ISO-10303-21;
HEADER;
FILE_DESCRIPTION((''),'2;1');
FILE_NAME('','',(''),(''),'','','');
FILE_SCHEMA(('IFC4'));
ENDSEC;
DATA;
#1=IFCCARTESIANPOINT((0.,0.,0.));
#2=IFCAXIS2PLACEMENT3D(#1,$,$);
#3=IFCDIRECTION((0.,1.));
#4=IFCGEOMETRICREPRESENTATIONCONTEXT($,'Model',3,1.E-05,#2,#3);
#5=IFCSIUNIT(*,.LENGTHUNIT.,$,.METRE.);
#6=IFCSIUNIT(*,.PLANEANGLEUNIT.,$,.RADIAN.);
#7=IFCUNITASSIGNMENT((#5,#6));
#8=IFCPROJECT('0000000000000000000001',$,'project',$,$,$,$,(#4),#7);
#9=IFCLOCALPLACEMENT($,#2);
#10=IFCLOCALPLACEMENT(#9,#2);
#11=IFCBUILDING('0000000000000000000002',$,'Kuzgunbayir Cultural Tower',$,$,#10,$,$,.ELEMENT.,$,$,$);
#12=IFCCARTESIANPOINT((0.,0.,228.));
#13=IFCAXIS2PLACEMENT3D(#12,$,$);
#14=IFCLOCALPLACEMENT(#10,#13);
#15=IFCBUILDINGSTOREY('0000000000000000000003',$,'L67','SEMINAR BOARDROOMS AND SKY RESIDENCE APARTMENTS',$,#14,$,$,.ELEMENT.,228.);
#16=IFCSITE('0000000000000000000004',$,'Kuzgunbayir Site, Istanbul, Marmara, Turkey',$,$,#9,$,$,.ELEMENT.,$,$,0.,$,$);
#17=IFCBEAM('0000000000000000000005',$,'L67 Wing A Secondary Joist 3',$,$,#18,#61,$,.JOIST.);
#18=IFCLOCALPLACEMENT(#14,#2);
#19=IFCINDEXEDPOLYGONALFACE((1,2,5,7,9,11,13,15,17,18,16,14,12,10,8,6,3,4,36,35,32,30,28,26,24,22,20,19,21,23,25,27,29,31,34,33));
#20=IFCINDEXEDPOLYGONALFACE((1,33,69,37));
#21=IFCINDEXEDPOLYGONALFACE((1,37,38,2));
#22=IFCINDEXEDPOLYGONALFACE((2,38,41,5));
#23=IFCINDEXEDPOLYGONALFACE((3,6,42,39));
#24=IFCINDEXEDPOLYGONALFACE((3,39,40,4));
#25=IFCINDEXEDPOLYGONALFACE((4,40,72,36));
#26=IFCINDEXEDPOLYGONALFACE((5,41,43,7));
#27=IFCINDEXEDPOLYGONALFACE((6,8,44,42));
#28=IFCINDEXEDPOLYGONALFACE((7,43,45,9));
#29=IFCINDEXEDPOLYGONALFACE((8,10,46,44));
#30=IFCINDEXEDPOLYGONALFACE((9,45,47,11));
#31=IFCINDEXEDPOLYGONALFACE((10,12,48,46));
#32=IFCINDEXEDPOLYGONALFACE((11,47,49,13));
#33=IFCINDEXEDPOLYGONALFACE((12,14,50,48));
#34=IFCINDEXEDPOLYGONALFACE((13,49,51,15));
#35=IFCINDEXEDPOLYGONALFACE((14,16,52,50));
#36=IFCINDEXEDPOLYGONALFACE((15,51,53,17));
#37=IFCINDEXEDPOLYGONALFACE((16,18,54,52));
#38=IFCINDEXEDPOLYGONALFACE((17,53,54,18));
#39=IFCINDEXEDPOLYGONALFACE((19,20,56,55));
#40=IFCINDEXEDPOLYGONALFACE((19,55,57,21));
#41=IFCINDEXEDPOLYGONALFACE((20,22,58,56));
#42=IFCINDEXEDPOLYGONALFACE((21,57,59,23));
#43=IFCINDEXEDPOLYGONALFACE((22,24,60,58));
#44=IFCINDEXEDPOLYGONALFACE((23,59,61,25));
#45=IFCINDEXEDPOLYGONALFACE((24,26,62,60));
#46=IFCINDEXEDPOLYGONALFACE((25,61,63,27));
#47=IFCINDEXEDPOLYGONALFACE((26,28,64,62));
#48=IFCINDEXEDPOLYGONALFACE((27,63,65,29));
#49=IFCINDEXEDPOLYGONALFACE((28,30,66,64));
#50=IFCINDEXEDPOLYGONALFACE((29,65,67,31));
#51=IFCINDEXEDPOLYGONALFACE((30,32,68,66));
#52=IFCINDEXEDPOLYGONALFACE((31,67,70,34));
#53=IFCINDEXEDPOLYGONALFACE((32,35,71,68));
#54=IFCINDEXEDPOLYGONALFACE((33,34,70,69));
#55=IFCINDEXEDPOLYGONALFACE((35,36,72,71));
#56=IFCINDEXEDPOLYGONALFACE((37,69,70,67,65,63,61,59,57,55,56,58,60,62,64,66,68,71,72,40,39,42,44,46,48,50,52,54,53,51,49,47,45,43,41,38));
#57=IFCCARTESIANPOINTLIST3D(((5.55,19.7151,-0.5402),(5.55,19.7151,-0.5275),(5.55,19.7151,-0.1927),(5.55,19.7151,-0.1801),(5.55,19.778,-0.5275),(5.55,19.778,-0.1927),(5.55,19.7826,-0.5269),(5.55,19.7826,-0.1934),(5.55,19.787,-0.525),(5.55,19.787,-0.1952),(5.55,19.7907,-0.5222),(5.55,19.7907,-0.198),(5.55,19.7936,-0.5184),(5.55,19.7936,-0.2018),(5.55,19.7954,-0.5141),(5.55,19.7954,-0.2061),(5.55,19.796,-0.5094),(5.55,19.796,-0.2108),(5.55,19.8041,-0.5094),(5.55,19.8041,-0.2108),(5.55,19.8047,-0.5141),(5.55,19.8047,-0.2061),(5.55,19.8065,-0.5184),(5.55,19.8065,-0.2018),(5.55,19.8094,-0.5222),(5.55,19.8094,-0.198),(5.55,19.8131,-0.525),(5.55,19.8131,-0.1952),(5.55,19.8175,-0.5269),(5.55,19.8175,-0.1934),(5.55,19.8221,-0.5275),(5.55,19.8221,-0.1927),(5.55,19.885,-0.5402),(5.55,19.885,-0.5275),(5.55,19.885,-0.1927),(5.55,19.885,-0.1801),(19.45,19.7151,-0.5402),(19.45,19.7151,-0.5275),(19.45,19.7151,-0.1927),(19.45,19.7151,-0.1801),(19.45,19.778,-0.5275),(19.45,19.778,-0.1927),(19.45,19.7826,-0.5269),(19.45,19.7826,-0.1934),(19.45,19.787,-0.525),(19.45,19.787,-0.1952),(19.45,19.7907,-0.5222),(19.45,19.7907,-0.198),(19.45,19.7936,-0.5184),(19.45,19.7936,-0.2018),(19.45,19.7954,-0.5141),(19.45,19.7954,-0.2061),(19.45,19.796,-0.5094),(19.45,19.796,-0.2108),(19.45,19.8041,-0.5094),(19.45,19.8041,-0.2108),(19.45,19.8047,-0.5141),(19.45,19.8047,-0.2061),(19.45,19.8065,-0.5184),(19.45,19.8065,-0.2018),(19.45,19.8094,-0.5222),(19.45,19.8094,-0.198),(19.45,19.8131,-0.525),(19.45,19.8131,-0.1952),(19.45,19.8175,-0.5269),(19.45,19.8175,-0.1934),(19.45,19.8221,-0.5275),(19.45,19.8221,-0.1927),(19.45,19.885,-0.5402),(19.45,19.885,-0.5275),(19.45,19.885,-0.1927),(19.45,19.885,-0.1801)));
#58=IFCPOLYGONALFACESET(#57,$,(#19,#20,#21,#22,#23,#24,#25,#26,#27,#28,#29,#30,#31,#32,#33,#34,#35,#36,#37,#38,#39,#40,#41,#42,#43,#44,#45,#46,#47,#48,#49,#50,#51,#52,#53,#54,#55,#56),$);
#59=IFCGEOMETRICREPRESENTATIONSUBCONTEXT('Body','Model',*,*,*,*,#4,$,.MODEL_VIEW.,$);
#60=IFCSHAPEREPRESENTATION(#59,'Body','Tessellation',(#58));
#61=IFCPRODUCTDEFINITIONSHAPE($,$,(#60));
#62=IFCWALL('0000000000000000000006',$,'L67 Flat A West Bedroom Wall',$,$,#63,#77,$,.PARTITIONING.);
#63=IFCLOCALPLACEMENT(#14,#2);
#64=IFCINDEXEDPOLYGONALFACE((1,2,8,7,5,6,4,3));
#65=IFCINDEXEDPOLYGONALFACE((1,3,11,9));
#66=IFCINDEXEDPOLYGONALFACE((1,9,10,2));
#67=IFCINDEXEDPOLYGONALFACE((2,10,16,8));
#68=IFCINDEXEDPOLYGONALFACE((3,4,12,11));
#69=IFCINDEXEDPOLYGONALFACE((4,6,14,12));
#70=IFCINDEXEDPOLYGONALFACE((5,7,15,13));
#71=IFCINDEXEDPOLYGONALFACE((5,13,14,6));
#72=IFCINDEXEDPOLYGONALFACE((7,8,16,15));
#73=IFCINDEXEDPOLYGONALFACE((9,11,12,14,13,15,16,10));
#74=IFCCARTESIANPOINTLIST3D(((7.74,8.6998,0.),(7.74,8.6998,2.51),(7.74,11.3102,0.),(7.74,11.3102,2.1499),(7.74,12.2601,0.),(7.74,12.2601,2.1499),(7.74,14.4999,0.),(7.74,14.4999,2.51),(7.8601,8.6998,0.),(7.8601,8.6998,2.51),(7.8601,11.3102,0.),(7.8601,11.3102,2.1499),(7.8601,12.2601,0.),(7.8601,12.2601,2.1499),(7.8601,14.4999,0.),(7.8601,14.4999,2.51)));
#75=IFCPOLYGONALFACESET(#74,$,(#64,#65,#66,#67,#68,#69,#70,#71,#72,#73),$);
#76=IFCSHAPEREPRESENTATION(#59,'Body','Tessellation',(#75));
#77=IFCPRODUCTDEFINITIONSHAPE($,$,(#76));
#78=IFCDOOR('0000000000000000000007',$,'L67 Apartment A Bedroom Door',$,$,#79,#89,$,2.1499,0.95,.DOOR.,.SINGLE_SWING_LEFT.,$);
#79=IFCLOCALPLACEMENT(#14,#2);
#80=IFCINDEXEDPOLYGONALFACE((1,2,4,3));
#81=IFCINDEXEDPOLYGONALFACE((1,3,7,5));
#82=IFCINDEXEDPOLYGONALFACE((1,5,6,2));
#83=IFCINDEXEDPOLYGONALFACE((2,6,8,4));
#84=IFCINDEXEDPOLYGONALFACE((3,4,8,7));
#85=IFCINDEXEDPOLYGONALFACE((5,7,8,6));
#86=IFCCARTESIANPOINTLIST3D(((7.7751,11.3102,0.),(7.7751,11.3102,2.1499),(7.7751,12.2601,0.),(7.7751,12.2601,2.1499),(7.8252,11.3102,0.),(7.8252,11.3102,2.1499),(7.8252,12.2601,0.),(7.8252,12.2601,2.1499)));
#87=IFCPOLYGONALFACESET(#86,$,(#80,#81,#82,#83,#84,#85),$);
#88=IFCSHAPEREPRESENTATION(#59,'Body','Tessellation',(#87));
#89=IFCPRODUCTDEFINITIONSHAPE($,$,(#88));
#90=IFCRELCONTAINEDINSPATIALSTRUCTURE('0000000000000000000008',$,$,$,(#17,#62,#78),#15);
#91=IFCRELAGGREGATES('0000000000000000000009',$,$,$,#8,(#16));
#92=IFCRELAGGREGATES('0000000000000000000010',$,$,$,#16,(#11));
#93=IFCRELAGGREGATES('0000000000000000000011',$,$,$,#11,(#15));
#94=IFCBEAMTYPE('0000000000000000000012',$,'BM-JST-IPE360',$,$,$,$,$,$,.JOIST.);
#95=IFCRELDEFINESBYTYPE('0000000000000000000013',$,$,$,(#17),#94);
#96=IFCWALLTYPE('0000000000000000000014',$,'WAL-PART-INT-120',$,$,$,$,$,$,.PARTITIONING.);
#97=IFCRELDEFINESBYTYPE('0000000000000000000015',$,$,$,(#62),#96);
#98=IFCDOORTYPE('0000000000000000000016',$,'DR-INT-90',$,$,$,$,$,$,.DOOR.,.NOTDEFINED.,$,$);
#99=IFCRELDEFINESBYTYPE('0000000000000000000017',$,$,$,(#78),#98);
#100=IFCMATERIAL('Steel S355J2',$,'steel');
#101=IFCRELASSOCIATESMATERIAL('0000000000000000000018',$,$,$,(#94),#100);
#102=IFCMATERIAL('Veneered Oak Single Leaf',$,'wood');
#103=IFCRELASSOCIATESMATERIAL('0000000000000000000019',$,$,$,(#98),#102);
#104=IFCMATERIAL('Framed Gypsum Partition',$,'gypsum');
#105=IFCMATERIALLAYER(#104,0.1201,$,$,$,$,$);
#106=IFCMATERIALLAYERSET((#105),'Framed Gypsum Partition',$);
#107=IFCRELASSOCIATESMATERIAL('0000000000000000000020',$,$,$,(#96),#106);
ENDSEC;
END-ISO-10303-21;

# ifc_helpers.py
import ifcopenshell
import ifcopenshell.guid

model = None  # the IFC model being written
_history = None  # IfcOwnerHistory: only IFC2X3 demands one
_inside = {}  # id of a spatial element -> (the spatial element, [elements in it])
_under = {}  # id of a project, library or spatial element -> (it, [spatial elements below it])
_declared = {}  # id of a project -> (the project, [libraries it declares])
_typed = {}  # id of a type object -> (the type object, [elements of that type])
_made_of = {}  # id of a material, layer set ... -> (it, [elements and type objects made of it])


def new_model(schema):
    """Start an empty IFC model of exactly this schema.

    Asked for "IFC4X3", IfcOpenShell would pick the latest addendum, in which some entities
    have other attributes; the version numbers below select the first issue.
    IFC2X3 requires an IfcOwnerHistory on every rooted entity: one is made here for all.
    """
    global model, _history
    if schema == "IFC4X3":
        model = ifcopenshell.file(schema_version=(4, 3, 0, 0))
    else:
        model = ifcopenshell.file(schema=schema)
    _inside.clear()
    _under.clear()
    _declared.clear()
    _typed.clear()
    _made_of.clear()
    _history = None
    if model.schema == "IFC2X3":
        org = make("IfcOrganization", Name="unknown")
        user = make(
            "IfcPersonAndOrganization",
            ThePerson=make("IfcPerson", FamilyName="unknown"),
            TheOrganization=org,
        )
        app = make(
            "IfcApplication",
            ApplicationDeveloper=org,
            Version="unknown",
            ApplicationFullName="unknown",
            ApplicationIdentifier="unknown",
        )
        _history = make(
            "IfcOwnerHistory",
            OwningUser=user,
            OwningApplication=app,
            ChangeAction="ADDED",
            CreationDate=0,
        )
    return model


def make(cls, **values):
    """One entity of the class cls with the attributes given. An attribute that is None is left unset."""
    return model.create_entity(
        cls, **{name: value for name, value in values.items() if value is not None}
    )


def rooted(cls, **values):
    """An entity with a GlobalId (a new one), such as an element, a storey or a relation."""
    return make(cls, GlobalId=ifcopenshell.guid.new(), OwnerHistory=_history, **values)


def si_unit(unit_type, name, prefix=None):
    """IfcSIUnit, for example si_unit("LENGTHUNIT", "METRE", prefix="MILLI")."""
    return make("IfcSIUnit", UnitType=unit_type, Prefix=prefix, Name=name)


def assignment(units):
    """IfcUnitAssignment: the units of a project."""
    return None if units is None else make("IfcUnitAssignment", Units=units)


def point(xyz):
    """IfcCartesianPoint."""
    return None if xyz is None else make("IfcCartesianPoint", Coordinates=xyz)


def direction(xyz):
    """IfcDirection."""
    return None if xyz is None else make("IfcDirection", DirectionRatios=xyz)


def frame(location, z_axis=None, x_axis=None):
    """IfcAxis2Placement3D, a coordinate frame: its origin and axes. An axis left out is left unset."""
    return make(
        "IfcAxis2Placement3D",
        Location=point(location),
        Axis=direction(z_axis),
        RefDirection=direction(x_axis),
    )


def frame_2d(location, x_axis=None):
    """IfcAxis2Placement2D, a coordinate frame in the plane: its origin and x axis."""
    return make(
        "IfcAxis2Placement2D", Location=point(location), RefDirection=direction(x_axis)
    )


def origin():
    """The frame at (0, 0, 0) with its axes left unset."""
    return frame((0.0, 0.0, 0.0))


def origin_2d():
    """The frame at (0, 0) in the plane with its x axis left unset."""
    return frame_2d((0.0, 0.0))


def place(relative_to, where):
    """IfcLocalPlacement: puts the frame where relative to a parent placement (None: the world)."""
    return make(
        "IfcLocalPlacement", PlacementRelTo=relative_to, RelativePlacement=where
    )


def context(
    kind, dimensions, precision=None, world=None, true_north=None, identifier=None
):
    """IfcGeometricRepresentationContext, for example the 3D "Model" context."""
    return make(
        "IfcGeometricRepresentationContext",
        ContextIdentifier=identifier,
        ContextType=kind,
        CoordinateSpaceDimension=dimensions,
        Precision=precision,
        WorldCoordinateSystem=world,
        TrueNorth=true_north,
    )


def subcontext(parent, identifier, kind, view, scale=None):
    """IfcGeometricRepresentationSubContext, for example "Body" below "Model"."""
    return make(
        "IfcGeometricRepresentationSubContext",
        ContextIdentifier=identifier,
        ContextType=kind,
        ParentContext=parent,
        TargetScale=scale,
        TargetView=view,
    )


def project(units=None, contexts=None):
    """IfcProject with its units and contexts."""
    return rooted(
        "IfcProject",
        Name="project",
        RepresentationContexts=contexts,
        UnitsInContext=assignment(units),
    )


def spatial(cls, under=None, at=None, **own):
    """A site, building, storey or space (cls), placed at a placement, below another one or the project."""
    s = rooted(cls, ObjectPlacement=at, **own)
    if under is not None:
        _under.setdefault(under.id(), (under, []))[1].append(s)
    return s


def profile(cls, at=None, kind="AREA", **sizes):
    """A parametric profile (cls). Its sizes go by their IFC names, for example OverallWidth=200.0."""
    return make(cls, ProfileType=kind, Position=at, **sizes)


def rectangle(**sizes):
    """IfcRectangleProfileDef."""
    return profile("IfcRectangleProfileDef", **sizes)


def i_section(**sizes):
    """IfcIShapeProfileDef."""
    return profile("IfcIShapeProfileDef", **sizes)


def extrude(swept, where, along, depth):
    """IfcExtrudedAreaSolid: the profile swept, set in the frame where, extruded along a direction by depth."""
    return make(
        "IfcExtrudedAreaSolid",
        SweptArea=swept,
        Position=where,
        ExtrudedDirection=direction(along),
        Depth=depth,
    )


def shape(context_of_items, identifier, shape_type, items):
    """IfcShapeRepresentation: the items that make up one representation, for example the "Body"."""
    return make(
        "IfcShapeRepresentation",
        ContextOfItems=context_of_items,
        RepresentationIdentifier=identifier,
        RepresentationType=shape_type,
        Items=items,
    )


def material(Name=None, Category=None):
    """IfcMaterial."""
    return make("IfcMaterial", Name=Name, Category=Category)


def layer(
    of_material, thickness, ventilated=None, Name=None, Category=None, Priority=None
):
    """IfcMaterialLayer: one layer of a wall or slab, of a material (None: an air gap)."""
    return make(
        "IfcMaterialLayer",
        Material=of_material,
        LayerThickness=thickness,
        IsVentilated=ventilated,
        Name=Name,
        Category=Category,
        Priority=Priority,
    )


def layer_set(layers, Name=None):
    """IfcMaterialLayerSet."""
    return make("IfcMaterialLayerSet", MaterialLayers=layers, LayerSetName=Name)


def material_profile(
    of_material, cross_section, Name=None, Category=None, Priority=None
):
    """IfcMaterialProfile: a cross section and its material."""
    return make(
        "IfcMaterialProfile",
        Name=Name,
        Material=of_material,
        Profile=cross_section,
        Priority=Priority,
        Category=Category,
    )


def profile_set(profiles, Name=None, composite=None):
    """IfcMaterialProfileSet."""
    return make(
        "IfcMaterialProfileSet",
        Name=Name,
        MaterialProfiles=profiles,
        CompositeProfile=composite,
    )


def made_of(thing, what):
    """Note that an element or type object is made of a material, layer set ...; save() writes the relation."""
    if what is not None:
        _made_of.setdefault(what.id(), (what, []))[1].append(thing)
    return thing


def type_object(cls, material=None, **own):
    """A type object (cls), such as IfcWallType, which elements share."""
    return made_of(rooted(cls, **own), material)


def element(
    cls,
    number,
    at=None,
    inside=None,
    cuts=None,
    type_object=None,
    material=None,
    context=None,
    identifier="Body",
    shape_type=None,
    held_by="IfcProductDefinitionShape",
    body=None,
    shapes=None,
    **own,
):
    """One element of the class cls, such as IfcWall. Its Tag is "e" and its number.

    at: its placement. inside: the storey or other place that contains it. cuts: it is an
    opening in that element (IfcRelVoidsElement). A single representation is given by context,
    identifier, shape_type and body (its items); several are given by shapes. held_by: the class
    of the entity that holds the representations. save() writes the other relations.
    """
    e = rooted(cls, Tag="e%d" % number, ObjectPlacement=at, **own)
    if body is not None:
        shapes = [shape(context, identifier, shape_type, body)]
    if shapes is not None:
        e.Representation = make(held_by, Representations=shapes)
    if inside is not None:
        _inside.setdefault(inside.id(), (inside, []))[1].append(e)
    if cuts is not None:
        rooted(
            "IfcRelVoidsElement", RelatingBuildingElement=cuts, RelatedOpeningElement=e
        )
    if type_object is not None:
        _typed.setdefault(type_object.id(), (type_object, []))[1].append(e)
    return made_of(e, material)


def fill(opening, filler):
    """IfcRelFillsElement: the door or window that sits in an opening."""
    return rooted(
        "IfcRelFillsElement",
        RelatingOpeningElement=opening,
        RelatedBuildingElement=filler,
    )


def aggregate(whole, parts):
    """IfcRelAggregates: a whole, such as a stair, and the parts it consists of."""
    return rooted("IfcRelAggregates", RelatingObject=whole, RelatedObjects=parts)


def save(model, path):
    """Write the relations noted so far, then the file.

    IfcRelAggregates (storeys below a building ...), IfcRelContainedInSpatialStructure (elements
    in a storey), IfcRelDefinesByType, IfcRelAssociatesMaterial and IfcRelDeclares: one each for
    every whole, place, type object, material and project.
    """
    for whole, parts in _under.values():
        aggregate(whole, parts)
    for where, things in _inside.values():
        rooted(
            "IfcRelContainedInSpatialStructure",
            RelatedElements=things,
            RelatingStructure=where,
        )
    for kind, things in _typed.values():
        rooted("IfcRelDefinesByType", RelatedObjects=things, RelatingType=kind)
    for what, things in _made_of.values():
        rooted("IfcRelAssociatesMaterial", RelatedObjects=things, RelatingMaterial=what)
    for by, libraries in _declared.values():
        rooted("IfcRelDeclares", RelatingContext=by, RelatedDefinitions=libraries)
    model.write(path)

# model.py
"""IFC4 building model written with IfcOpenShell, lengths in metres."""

from ifc_helpers import new_model, si_unit, direction, frame, frame_2d, origin, origin_2d, place, context, subcontext, project, spatial, rectangle, i_section, extrude, material, layer, layer_set, material_profile, profile_set, type_object, element, fill, save


model = new_model("IFC4")

# Units and contexts
model_context = context("Model", 3, precision=1e-05, world=origin(), true_north=direction((0.0, 1.0)))
body_context = subcontext(model_context, "Body", "Model", "MODEL_VIEW")
ifc_project = project(units=[si_unit("LENGTHUNIT", "METRE"), si_unit("PLANEANGLEUNIT", "RADIAN")], contexts=[model_context])

# Site, building, storey
site_placement = place(None, origin())
site = spatial("IfcSite", under=ifc_project, at=site_placement, Name="Kuzgunbayir Site, Istanbul, Marmara, Turkey", CompositionType="ELEMENT", RefElevation=0.0)
building_placement = place(site_placement, origin())
building = spatial("IfcBuilding", under=site, at=building_placement, Name="Kuzgunbayir Cultural Tower", CompositionType="ELEMENT")
storey_placement = place(building_placement, frame((0.0, 0.0, 228.0)))
storey = spatial("IfcBuildingStorey", under=building, at=storey_placement, Name="L67", Description="SEMINAR BOARDROOMS AND SKY RESIDENCE APARTMENTS", CompositionType="ELEMENT", Elevation=228.0)

# Beam
ifc_material_1 = material(Name="Steel S355J2", Category="steel")
ifc_material_profile_1 = material_profile(ifc_material_1, i_section(OverallWidth=0.1699, OverallDepth=0.3601, WebThickness=0.0081, FlangeThickness=0.0127, FilletRadius=0.0181, at=origin_2d()), Name="IPE 360")
ifc_profile_set_1 = profile_set([ifc_material_profile_1], Name="Steel S355J2")
beam_type_1 = type_object("IfcBeamType", Name="BM-JST-IPE360", PredefinedType="JOIST", material=ifc_profile_set_1)
beam_1_placement = place(storey_placement, frame((5.55, 19.8, -0.3601), z_axis=(1.0, 0.0, 0.0), x_axis=(0.0, 1.0, 0.0)))
element("IfcBeam", 1, at=beam_1_placement, inside=storey, type_object=beam_type_1, Name="L67 Wing A Secondary Joist 3", PredefinedType="JOIST", context=body_context, shape_type="SweptSolid", body=[
    extrude(i_section(OverallWidth=0.1699, OverallDepth=0.3601, WebThickness=0.0081, FlangeThickness=0.0127, FilletRadius=0.0181, at=origin_2d()), origin(), (0.0, 0.0, 1.0), 13.8999),
])

# Shared definitions
ifc_material_2 = material(Name="Veneered Oak Single Leaf", Category="wood")
door_type_1 = type_object("IfcDoorType", Name="DR-INT-90", OperationType="NOTDEFINED", PredefinedType="DOOR", material=ifc_material_2)

# Wall, opening, door
ifc_material_3 = material(Name="Framed Gypsum Partition", Category="gypsum")
ifc_layer_1 = layer(ifc_material_3, 0.1201)
ifc_layer_set_1 = layer_set([ifc_layer_1], Name="Framed Gypsum Partition")
wall_type_1 = type_object("IfcWallType", Name="WAL-PART-INT-120", PredefinedType="PARTITIONING", material=ifc_layer_set_1)
wall_1_placement = place(storey_placement, frame((7.8, 8.7, 0.0), z_axis=(0.0, 0.0, 1.0), x_axis=(0.0, 1.0, 0.0)))
wall_1 = element("IfcWall", 2, at=wall_1_placement, inside=storey, type_object=wall_type_1, Name="L67 Flat A West Bedroom Wall", PredefinedType="PARTITIONING", context=body_context, shape_type="SweptSolid", body=[
    extrude(rectangle(XDim=5.8, YDim=0.1201, at=frame_2d((2.8999, 0.0))), origin(), (0.0, 0.0, 1.0), 2.51),
])
opening_1_placement = place(wall_1_placement, frame((2.6101, 0.0, 0.0)))
opening_1 = element("IfcOpeningElement", 3, at=opening_1_placement, cuts=wall_1, PredefinedType="OPENING", context=body_context, shape_type="SweptSolid", body=[
    extrude(rectangle(XDim=0.95, YDim=2.1499, at=frame_2d((0.4751, 1.075))), frame((0.0, 0.0701, 0.0), z_axis=(0.0, -1.0, 0.0), x_axis=(1.0, 0.0, 0.0)), (0.0, 0.0, 1.0), 0.1401),
])
door_1_placement = place(opening_1_placement, origin())
door_1 = element("IfcDoor", 4, at=door_1_placement, inside=storey, type_object=door_type_1, Name="L67 Apartment A Bedroom Door", OperationType="SINGLE_SWING_LEFT", OverallHeight=2.1499, OverallWidth=0.95, PredefinedType="DOOR", context=body_context, shape_type="SweptSolid", body=[
    extrude(rectangle(XDim=0.95, YDim=2.1499, at=frame_2d((0.4751, 1.075))), frame((0.0, 0.0249, 0.0), z_axis=(0.0, -1.0, 0.0), x_axis=(1.0, 0.0, 0.0)), (0.0, 0.0, 1.0), 0.05),
])
fill(opening_1, door_1)

save(model, "model.ifc")
